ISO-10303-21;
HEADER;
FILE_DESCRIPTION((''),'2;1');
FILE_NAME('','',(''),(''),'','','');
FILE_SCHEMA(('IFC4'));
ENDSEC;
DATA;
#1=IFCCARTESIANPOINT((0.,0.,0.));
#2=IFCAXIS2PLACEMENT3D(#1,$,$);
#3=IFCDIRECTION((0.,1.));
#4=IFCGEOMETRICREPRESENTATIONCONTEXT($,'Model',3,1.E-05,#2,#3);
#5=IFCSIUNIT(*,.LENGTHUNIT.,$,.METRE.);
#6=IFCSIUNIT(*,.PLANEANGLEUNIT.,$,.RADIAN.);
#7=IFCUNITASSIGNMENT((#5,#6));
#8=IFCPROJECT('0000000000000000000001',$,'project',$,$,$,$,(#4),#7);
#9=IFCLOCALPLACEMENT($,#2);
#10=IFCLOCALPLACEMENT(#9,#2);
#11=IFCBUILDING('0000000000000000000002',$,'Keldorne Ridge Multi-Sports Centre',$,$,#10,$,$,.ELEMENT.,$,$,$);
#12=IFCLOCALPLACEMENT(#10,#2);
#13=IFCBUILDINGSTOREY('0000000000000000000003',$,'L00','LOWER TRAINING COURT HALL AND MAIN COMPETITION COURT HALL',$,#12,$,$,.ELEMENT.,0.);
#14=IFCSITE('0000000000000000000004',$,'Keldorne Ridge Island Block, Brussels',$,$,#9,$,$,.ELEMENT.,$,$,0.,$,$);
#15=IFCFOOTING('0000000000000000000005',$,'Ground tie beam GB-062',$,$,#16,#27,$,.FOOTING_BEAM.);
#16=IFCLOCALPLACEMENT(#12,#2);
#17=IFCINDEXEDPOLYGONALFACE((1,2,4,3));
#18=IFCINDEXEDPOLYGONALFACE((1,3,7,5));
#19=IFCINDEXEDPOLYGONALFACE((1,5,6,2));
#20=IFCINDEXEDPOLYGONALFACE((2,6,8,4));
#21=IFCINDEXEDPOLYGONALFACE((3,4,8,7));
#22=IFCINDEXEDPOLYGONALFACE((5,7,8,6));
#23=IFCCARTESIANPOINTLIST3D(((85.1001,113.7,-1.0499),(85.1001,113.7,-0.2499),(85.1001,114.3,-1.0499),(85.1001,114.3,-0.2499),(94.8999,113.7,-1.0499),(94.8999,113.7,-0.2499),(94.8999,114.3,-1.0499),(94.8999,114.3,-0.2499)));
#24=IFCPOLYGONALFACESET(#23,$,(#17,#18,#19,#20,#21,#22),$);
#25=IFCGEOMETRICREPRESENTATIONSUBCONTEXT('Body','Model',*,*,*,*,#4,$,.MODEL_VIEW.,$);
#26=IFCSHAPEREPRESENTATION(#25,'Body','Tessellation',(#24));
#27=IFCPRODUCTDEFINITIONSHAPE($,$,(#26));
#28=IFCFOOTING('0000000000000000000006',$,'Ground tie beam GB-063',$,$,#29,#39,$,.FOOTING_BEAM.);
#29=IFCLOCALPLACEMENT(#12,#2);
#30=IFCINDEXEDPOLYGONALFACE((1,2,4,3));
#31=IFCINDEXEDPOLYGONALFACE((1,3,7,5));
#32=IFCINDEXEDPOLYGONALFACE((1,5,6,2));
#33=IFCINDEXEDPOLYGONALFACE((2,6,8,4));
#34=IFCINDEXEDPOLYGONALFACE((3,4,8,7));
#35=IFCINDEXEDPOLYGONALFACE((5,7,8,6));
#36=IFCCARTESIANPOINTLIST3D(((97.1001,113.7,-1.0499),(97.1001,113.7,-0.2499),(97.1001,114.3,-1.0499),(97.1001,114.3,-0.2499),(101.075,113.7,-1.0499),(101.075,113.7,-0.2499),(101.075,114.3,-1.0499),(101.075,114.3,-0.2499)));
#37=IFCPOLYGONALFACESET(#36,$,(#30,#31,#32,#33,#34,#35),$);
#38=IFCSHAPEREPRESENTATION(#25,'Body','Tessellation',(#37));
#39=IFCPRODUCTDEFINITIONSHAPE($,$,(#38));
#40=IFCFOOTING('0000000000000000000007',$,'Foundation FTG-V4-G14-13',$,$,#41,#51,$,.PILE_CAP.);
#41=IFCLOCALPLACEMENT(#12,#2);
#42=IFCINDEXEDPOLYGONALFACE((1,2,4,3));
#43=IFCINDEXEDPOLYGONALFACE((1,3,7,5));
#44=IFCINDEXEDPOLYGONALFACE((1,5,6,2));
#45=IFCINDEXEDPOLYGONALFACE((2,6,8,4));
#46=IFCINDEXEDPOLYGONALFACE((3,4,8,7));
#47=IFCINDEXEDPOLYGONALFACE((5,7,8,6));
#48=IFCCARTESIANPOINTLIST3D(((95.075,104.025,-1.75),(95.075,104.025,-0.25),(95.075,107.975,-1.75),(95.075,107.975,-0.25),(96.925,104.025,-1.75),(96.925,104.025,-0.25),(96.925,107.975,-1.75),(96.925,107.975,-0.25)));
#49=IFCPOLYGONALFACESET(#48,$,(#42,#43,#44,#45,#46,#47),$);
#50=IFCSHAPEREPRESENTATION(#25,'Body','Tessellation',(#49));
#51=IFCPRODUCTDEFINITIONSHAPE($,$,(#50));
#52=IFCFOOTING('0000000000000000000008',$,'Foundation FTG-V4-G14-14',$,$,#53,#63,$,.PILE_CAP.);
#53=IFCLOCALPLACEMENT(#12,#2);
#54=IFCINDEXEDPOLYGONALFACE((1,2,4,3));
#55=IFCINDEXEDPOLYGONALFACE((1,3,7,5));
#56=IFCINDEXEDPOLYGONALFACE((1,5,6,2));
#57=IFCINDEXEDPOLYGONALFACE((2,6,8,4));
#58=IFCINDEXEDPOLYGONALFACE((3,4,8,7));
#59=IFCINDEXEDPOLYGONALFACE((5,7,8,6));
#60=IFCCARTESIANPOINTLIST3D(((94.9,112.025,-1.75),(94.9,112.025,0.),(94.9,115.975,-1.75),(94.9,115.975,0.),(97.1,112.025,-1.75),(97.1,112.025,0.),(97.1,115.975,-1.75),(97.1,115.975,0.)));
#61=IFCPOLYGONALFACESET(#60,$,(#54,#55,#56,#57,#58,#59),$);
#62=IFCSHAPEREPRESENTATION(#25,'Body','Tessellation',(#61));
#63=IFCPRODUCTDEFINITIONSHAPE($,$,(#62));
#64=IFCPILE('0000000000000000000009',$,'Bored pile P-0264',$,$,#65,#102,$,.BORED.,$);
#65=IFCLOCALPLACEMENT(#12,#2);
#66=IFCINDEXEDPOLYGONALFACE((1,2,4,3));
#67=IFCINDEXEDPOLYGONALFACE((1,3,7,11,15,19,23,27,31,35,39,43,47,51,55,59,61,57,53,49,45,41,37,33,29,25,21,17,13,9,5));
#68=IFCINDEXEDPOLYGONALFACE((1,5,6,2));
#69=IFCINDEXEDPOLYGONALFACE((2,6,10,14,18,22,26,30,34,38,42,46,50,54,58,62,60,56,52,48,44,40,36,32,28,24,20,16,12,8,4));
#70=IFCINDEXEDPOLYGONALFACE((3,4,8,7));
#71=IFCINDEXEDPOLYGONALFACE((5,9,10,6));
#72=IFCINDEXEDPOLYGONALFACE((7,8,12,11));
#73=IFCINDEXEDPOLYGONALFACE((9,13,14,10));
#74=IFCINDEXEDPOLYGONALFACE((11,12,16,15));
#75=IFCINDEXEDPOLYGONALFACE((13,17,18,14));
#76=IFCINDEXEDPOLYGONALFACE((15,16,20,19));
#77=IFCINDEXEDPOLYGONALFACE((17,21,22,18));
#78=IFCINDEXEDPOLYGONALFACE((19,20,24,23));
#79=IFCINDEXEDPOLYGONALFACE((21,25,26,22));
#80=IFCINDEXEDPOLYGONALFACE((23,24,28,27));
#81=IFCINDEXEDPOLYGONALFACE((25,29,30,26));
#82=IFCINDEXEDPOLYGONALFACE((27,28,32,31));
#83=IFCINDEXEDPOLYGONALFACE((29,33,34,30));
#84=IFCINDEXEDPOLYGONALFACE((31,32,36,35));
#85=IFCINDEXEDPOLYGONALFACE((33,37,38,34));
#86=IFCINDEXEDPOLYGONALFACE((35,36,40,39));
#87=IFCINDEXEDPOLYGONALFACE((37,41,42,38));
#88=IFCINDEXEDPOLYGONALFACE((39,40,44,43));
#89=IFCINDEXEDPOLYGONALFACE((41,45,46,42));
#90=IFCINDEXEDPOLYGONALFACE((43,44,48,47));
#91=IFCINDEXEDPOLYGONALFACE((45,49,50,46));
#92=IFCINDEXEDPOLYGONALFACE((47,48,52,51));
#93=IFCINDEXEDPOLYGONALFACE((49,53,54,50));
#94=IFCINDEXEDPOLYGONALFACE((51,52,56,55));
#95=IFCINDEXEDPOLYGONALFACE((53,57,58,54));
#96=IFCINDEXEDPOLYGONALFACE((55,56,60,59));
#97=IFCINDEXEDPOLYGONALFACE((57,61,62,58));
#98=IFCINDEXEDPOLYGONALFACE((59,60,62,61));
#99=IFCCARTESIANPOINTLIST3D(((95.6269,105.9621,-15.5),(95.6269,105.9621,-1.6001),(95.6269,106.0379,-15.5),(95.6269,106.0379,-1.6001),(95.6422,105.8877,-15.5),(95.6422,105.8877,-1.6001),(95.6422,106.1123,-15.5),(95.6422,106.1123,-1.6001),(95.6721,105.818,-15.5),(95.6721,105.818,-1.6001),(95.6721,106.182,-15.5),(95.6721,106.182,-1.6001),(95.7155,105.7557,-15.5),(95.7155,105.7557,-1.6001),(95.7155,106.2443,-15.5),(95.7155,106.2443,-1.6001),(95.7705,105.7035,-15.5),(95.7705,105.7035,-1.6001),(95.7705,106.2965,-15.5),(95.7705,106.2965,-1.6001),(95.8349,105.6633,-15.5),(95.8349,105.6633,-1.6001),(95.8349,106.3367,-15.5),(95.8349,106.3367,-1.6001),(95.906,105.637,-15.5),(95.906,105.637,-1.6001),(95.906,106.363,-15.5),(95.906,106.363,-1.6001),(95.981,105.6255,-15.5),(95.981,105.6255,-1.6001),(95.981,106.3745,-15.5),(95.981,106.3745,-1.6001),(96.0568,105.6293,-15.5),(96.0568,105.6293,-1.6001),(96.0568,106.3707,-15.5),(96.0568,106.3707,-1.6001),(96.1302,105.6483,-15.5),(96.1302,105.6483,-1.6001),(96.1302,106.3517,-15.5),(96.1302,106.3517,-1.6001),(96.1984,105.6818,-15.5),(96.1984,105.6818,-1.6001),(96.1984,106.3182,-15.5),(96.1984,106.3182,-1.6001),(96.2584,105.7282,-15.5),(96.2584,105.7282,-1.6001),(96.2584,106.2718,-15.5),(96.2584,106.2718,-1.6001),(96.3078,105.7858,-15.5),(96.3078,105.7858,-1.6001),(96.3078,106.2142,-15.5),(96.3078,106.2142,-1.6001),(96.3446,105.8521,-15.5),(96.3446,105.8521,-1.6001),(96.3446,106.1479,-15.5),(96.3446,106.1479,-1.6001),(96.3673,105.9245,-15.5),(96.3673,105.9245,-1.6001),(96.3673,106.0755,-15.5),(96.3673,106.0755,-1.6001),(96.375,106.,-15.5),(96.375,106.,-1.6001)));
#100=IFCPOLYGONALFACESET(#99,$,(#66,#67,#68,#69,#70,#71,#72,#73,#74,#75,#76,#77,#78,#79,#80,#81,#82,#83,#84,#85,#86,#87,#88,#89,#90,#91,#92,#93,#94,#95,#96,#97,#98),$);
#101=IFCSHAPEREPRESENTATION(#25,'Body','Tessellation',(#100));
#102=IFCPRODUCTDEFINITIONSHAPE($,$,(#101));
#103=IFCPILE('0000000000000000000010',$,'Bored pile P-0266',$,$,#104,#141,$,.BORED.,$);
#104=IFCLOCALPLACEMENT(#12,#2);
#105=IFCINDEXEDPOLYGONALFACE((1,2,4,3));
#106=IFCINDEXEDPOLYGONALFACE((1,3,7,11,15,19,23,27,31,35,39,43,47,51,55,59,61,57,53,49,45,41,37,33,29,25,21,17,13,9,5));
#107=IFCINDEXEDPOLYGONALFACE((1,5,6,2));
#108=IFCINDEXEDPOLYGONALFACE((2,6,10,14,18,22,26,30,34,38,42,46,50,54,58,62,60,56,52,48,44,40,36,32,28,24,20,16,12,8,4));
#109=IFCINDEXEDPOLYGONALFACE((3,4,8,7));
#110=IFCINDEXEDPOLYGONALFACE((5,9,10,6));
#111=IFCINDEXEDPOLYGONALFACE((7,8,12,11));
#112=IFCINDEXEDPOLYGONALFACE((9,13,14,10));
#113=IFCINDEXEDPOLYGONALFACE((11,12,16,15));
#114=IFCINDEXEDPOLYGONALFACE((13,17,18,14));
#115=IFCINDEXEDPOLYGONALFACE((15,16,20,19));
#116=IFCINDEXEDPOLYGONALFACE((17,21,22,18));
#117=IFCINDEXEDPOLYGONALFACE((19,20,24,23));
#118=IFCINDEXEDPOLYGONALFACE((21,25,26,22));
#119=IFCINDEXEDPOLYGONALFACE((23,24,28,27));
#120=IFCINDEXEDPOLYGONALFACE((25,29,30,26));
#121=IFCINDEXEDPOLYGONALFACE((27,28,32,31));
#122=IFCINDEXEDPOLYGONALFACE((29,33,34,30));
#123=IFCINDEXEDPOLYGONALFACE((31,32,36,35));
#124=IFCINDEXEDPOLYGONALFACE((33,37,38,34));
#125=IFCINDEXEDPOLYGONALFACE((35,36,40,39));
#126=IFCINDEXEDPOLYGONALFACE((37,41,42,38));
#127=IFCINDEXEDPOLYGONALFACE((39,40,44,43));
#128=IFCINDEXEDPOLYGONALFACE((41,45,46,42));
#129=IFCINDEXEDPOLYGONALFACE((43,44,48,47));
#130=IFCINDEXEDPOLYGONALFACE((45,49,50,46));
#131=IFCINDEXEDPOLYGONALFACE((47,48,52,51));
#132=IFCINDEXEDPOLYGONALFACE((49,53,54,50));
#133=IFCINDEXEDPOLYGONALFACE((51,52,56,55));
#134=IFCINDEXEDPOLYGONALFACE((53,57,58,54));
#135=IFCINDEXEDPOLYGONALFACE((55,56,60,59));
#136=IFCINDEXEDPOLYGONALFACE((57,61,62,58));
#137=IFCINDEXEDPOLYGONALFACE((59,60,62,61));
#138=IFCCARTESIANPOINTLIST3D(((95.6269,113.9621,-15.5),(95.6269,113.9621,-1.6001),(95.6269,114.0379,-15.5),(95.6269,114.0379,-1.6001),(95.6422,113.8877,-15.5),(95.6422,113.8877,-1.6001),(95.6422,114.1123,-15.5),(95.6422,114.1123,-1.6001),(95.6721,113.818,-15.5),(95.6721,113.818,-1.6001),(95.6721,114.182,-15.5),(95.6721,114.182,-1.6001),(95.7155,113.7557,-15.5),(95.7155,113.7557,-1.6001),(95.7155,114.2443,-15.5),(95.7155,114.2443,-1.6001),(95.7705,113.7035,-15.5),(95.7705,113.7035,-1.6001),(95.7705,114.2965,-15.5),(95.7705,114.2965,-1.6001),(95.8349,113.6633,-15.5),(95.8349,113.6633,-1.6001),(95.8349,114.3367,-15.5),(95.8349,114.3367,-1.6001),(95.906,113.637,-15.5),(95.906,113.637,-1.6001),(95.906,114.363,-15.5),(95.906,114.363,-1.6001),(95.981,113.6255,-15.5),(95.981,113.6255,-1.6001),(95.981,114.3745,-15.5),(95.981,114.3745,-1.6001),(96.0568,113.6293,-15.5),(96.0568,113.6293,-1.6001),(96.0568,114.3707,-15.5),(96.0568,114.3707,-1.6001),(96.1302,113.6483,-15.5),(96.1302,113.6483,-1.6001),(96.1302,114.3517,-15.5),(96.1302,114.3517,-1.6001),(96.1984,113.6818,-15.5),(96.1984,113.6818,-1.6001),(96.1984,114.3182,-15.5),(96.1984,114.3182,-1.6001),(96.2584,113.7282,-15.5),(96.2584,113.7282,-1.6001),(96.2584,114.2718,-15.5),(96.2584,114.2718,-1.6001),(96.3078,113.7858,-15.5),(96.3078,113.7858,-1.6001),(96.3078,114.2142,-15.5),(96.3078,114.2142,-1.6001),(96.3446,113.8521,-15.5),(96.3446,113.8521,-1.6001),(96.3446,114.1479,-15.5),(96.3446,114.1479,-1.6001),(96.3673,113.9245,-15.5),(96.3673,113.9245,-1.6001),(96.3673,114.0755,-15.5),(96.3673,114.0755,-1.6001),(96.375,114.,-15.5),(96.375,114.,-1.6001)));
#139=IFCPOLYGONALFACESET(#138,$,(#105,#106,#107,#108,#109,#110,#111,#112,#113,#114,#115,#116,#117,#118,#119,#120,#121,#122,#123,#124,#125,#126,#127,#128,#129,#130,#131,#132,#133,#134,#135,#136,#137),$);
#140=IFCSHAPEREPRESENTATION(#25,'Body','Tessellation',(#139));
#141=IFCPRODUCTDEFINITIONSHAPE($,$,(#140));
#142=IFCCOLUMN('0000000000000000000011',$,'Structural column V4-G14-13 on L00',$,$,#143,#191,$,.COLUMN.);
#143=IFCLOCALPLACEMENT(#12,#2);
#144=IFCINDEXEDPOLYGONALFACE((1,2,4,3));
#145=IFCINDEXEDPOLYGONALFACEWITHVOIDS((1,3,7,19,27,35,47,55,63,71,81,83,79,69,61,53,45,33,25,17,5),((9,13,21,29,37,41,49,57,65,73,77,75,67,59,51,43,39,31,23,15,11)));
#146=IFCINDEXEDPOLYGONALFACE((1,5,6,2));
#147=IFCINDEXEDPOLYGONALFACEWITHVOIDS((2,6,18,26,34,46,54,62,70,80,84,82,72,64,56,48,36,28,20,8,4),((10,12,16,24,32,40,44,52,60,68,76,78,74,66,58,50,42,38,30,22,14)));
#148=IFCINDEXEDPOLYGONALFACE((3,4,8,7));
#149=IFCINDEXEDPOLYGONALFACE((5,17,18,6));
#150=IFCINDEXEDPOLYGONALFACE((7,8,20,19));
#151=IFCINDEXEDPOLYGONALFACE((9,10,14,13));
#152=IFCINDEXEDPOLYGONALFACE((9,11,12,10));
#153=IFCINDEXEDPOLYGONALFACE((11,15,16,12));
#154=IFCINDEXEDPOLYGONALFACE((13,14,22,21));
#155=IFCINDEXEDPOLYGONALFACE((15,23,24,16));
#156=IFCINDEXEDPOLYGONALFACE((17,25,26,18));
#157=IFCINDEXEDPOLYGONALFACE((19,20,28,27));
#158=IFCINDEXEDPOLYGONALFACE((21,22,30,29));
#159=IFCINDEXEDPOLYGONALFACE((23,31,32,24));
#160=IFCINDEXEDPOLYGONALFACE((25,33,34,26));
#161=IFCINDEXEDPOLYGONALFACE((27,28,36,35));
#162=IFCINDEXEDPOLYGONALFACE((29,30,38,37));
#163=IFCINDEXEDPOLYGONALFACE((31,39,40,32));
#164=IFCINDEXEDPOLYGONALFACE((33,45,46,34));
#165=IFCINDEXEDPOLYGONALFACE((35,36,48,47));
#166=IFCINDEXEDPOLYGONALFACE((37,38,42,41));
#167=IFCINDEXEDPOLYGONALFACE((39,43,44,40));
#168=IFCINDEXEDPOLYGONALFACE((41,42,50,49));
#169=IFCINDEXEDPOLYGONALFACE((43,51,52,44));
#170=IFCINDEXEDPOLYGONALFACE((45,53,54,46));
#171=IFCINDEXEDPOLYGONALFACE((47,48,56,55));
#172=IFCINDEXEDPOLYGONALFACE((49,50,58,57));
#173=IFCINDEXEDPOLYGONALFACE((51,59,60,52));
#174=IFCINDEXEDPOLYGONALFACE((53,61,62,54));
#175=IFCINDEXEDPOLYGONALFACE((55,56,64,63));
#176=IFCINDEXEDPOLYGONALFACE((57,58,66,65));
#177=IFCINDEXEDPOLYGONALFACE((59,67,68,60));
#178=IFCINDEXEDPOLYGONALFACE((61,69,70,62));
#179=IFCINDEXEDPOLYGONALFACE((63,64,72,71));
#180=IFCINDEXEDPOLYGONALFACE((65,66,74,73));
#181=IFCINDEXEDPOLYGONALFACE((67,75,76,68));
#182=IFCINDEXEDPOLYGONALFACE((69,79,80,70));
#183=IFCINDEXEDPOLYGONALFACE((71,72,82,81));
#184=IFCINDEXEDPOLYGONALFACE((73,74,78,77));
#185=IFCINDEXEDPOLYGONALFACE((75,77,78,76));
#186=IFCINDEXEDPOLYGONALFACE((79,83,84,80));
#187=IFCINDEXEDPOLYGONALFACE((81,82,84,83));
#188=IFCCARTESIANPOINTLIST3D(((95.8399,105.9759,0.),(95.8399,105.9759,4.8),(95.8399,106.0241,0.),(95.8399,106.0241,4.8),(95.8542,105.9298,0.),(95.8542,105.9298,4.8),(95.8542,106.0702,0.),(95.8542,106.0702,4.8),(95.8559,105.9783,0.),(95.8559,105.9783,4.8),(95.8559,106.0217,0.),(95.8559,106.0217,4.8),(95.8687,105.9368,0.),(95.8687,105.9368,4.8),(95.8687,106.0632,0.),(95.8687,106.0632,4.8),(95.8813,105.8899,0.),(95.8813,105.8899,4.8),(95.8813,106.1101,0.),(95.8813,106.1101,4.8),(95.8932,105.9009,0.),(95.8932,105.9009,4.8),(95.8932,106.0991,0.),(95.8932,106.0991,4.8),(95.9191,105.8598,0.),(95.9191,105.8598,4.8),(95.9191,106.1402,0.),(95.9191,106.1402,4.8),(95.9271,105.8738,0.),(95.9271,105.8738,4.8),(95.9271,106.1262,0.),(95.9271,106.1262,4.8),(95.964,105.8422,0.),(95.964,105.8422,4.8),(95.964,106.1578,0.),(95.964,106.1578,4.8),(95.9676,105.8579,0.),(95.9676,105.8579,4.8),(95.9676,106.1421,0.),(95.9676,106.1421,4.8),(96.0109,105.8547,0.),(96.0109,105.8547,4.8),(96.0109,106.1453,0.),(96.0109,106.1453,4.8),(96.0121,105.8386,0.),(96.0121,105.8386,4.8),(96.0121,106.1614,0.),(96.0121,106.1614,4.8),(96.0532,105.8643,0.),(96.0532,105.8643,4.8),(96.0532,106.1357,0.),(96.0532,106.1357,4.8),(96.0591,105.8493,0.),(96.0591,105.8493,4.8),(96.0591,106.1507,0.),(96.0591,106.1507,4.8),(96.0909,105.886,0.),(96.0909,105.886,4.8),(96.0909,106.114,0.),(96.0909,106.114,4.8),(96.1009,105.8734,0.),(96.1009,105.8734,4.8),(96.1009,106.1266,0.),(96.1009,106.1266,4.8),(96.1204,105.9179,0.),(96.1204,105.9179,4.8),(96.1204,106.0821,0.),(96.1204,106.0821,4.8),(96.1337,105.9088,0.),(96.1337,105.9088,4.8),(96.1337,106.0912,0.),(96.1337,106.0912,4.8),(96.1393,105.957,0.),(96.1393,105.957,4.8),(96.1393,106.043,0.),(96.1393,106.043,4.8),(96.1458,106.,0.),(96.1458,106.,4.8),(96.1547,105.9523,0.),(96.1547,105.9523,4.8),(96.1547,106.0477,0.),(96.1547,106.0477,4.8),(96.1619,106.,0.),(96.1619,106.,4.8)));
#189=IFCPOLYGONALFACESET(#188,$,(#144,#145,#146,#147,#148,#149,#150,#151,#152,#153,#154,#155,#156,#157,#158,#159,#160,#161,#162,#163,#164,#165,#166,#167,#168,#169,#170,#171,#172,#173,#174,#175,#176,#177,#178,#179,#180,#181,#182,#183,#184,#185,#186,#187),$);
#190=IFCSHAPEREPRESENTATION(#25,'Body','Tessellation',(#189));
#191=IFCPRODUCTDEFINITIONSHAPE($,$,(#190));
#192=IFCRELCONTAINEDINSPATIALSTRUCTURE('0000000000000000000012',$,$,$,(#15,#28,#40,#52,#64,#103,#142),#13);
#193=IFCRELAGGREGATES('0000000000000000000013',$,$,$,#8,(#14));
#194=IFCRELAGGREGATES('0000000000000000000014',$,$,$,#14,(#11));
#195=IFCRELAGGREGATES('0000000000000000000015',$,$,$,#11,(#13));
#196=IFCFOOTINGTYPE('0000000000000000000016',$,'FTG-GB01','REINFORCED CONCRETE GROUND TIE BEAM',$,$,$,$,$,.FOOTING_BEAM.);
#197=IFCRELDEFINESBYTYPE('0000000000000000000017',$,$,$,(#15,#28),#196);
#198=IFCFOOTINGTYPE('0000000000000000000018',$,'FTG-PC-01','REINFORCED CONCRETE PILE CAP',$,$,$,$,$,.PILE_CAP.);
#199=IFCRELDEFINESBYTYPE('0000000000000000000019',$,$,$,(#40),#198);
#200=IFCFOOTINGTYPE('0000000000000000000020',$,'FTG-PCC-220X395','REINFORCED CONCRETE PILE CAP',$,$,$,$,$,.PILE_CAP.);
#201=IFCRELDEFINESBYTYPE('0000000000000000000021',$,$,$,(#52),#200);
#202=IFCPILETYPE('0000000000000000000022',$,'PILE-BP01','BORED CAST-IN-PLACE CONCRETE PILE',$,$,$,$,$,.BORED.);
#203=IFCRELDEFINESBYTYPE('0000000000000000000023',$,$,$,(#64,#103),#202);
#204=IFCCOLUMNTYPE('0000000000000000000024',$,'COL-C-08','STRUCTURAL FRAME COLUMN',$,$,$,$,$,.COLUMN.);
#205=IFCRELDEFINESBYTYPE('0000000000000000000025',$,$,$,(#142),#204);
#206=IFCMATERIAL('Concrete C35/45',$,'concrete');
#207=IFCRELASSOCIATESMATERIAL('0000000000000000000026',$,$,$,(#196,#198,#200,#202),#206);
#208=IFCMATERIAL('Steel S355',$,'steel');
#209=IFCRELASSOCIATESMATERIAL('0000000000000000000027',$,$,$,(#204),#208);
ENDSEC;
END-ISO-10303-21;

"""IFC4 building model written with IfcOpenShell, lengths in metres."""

from ifc_helpers import new_model, si_unit, direction, frame, origin, origin_2d, place, context, subcontext, project, spatial, rectangle, circle, hollow_circle, extrude, material, material_profile, profile_set, type_object, element, save


model = new_model("IFC4")

# Units and contexts
model_context = context("Model", 3, precision=1e-05, world=origin(), true_north=direction((0.0, 1.0)))
body_context = subcontext(model_context, "Body", "Model", "MODEL_VIEW")
ifc_project = project(units=[si_unit("LENGTHUNIT", "METRE"), si_unit("PLANEANGLEUNIT", "RADIAN")], contexts=[model_context])

# Site, building, storey
site_placement = place(None, origin())
site = spatial("IfcSite", under=ifc_project, at=site_placement, Name="Keldorne Ridge Island Block, Brussels", CompositionType="ELEMENT", RefElevation=0.0)
building_placement = place(site_placement, origin())
building = spatial("IfcBuilding", under=site, at=building_placement, Name="Keldorne Ridge Multi-Sports Centre", CompositionType="ELEMENT")
storey_placement = place(building_placement, origin())
storey = spatial("IfcBuildingStorey", under=building, at=storey_placement, Name="L00", Description="LOWER TRAINING COURT HALL AND MAIN COMPETITION COURT HALL", CompositionType="ELEMENT", Elevation=0.0)

# Footings
ifc_material_1 = material(Name="Concrete C35/45", Category="concrete")
ifc_material_profile_1 = material_profile(ifc_material_1, rectangle(XDim=0.6001, YDim=0.8, at=origin_2d()), Name="GB 600x800")
ifc_profile_set_1 = profile_set([ifc_material_profile_1], Name="Concrete C35/45")
footing_type_1 = type_object("IfcFootingType", Name="FTG-GB01", Description="REINFORCED CONCRETE GROUND TIE BEAM", PredefinedType="FOOTING_BEAM", material=ifc_profile_set_1)
footing_1_placement = place(storey_placement, frame((85.1001, 114.0, -0.6499), z_axis=(1.0, 0.0, 0.0), x_axis=(0.0, 1.0, 0.0)))
element("IfcFooting", 1, at=footing_1_placement, inside=storey, type_object=footing_type_1, Name="Ground tie beam GB-062", PredefinedType="FOOTING_BEAM", context=body_context, shape_type="SweptSolid", body=[
    extrude(rectangle(XDim=0.6001, YDim=0.8, at=origin_2d()), origin(), (0.0, 0.0, 1.0), 9.7998),
])
footing_2_placement = place(storey_placement, frame((97.1001, 114.0, -0.6499), z_axis=(1.0, 0.0, 0.0), x_axis=(0.0, 1.0, 0.0)))
element("IfcFooting", 2, at=footing_2_placement, inside=storey, type_object=footing_type_1, Name="Ground tie beam GB-063", PredefinedType="FOOTING_BEAM", context=body_context, shape_type="SweptSolid", body=[
    extrude(rectangle(XDim=0.6001, YDim=0.8, at=origin_2d()), origin(), (0.0, 0.0, 1.0), 3.9749),
])
footing_type_2 = type_object("IfcFootingType", Name="FTG-PC-01", Description="REINFORCED CONCRETE PILE CAP", PredefinedType="PILE_CAP", material=ifc_material_1)
footing_3_placement = place(storey_placement, frame((96.0, 106.0, -1.75), z_axis=(0.0, 0.0, 1.0), x_axis=(1.0, 0.0, 0.0)))
element("IfcFooting", 3, at=footing_3_placement, inside=storey, type_object=footing_type_2, Name="Foundation FTG-V4-G14-13", PredefinedType="PILE_CAP", context=body_context, shape_type="SweptSolid", body=[
    extrude(rectangle(XDim=1.8501, YDim=3.95, at=origin_2d()), origin(), (0.0, 0.0, 1.0), 1.5),
])
footing_type_3 = type_object("IfcFootingType", Name="FTG-PCC-220X395", Description="REINFORCED CONCRETE PILE CAP", PredefinedType="PILE_CAP", material=ifc_material_1)
footing_4_placement = place(storey_placement, frame((96.0, 114.0, -1.75), z_axis=(0.0, 0.0, 1.0), x_axis=(1.0, 0.0, 0.0)))
element("IfcFooting", 4, at=footing_4_placement, inside=storey, type_object=footing_type_3, Name="Foundation FTG-V4-G14-14", PredefinedType="PILE_CAP", context=body_context, shape_type="SweptSolid", body=[
    extrude(rectangle(XDim=2.2, YDim=3.95, at=origin_2d()), origin(), (0.0, 0.0, 1.0), 1.75),
])

# Piles
ifc_material_profile_2 = material_profile(ifc_material_1, circle(Radius=0.375, at=origin_2d()), Name="BORED PILE D750")
ifc_profile_set_2 = profile_set([ifc_material_profile_2], Name="Concrete C35/45")
pile_type = type_object("IfcPileType", Name="PILE-BP01", Description="BORED CAST-IN-PLACE CONCRETE PILE", PredefinedType="BORED", material=ifc_profile_set_2)
for number, where, z_axis, x_axis, name in (
    (5, (96.0, 106.0, -1.6001), (0.0, 0.0, -1.0), (1.0, 0.0, 0.0), "Bored pile P-0264"),
    (6, (96.0, 114.0, -1.6001), (0.0, 0.0, -1.0), (1.0, 0.0, 0.0), "Bored pile P-0266"),
):
    element("IfcPile", number, at=place(storey_placement, frame(where, z_axis=z_axis, x_axis=x_axis)), inside=storey, type_object=pile_type, Name=name, PredefinedType="BORED", context=body_context, shape_type="SweptSolid", body=[
        extrude(circle(Radius=0.375, at=origin_2d()), origin(), (0.0, 0.0, 1.0), 13.8999),
    ])

# Column
ifc_material_2 = material(Name="Steel S355", Category="steel")
ifc_material_profile_3 = material_profile(ifc_material_2, hollow_circle(Radius=0.1619, WallThickness=0.0161, at=origin_2d()), Name="CHS 323.9x16")
ifc_profile_set_3 = profile_set([ifc_material_profile_3], Name="Steel S355")
column_type_1 = type_object("IfcColumnType", Name="COL-C-08", Description="STRUCTURAL FRAME COLUMN", PredefinedType="COLUMN", material=ifc_profile_set_3)
for number, where, z_axis, x_axis, name in (
    (7, (96.0, 106.0, 0.0), (0.0, 0.0, 1.0), (1.0, 0.0, 0.0), "Structural column V4-G14-13 on L00"),
):
    element("IfcColumn", number, at=place(storey_placement, frame(where, z_axis=z_axis, x_axis=x_axis)), inside=storey, type_object=column_type_1, Name=name, PredefinedType="COLUMN", context=body_context, shape_type="SweptSolid", body=[
        extrude(hollow_circle(Radius=0.1619, WallThickness=0.0161, at=origin_2d()), origin(), (0.0, 0.0, 1.0), 4.8),
    ])

save(model, "model.ifc")
